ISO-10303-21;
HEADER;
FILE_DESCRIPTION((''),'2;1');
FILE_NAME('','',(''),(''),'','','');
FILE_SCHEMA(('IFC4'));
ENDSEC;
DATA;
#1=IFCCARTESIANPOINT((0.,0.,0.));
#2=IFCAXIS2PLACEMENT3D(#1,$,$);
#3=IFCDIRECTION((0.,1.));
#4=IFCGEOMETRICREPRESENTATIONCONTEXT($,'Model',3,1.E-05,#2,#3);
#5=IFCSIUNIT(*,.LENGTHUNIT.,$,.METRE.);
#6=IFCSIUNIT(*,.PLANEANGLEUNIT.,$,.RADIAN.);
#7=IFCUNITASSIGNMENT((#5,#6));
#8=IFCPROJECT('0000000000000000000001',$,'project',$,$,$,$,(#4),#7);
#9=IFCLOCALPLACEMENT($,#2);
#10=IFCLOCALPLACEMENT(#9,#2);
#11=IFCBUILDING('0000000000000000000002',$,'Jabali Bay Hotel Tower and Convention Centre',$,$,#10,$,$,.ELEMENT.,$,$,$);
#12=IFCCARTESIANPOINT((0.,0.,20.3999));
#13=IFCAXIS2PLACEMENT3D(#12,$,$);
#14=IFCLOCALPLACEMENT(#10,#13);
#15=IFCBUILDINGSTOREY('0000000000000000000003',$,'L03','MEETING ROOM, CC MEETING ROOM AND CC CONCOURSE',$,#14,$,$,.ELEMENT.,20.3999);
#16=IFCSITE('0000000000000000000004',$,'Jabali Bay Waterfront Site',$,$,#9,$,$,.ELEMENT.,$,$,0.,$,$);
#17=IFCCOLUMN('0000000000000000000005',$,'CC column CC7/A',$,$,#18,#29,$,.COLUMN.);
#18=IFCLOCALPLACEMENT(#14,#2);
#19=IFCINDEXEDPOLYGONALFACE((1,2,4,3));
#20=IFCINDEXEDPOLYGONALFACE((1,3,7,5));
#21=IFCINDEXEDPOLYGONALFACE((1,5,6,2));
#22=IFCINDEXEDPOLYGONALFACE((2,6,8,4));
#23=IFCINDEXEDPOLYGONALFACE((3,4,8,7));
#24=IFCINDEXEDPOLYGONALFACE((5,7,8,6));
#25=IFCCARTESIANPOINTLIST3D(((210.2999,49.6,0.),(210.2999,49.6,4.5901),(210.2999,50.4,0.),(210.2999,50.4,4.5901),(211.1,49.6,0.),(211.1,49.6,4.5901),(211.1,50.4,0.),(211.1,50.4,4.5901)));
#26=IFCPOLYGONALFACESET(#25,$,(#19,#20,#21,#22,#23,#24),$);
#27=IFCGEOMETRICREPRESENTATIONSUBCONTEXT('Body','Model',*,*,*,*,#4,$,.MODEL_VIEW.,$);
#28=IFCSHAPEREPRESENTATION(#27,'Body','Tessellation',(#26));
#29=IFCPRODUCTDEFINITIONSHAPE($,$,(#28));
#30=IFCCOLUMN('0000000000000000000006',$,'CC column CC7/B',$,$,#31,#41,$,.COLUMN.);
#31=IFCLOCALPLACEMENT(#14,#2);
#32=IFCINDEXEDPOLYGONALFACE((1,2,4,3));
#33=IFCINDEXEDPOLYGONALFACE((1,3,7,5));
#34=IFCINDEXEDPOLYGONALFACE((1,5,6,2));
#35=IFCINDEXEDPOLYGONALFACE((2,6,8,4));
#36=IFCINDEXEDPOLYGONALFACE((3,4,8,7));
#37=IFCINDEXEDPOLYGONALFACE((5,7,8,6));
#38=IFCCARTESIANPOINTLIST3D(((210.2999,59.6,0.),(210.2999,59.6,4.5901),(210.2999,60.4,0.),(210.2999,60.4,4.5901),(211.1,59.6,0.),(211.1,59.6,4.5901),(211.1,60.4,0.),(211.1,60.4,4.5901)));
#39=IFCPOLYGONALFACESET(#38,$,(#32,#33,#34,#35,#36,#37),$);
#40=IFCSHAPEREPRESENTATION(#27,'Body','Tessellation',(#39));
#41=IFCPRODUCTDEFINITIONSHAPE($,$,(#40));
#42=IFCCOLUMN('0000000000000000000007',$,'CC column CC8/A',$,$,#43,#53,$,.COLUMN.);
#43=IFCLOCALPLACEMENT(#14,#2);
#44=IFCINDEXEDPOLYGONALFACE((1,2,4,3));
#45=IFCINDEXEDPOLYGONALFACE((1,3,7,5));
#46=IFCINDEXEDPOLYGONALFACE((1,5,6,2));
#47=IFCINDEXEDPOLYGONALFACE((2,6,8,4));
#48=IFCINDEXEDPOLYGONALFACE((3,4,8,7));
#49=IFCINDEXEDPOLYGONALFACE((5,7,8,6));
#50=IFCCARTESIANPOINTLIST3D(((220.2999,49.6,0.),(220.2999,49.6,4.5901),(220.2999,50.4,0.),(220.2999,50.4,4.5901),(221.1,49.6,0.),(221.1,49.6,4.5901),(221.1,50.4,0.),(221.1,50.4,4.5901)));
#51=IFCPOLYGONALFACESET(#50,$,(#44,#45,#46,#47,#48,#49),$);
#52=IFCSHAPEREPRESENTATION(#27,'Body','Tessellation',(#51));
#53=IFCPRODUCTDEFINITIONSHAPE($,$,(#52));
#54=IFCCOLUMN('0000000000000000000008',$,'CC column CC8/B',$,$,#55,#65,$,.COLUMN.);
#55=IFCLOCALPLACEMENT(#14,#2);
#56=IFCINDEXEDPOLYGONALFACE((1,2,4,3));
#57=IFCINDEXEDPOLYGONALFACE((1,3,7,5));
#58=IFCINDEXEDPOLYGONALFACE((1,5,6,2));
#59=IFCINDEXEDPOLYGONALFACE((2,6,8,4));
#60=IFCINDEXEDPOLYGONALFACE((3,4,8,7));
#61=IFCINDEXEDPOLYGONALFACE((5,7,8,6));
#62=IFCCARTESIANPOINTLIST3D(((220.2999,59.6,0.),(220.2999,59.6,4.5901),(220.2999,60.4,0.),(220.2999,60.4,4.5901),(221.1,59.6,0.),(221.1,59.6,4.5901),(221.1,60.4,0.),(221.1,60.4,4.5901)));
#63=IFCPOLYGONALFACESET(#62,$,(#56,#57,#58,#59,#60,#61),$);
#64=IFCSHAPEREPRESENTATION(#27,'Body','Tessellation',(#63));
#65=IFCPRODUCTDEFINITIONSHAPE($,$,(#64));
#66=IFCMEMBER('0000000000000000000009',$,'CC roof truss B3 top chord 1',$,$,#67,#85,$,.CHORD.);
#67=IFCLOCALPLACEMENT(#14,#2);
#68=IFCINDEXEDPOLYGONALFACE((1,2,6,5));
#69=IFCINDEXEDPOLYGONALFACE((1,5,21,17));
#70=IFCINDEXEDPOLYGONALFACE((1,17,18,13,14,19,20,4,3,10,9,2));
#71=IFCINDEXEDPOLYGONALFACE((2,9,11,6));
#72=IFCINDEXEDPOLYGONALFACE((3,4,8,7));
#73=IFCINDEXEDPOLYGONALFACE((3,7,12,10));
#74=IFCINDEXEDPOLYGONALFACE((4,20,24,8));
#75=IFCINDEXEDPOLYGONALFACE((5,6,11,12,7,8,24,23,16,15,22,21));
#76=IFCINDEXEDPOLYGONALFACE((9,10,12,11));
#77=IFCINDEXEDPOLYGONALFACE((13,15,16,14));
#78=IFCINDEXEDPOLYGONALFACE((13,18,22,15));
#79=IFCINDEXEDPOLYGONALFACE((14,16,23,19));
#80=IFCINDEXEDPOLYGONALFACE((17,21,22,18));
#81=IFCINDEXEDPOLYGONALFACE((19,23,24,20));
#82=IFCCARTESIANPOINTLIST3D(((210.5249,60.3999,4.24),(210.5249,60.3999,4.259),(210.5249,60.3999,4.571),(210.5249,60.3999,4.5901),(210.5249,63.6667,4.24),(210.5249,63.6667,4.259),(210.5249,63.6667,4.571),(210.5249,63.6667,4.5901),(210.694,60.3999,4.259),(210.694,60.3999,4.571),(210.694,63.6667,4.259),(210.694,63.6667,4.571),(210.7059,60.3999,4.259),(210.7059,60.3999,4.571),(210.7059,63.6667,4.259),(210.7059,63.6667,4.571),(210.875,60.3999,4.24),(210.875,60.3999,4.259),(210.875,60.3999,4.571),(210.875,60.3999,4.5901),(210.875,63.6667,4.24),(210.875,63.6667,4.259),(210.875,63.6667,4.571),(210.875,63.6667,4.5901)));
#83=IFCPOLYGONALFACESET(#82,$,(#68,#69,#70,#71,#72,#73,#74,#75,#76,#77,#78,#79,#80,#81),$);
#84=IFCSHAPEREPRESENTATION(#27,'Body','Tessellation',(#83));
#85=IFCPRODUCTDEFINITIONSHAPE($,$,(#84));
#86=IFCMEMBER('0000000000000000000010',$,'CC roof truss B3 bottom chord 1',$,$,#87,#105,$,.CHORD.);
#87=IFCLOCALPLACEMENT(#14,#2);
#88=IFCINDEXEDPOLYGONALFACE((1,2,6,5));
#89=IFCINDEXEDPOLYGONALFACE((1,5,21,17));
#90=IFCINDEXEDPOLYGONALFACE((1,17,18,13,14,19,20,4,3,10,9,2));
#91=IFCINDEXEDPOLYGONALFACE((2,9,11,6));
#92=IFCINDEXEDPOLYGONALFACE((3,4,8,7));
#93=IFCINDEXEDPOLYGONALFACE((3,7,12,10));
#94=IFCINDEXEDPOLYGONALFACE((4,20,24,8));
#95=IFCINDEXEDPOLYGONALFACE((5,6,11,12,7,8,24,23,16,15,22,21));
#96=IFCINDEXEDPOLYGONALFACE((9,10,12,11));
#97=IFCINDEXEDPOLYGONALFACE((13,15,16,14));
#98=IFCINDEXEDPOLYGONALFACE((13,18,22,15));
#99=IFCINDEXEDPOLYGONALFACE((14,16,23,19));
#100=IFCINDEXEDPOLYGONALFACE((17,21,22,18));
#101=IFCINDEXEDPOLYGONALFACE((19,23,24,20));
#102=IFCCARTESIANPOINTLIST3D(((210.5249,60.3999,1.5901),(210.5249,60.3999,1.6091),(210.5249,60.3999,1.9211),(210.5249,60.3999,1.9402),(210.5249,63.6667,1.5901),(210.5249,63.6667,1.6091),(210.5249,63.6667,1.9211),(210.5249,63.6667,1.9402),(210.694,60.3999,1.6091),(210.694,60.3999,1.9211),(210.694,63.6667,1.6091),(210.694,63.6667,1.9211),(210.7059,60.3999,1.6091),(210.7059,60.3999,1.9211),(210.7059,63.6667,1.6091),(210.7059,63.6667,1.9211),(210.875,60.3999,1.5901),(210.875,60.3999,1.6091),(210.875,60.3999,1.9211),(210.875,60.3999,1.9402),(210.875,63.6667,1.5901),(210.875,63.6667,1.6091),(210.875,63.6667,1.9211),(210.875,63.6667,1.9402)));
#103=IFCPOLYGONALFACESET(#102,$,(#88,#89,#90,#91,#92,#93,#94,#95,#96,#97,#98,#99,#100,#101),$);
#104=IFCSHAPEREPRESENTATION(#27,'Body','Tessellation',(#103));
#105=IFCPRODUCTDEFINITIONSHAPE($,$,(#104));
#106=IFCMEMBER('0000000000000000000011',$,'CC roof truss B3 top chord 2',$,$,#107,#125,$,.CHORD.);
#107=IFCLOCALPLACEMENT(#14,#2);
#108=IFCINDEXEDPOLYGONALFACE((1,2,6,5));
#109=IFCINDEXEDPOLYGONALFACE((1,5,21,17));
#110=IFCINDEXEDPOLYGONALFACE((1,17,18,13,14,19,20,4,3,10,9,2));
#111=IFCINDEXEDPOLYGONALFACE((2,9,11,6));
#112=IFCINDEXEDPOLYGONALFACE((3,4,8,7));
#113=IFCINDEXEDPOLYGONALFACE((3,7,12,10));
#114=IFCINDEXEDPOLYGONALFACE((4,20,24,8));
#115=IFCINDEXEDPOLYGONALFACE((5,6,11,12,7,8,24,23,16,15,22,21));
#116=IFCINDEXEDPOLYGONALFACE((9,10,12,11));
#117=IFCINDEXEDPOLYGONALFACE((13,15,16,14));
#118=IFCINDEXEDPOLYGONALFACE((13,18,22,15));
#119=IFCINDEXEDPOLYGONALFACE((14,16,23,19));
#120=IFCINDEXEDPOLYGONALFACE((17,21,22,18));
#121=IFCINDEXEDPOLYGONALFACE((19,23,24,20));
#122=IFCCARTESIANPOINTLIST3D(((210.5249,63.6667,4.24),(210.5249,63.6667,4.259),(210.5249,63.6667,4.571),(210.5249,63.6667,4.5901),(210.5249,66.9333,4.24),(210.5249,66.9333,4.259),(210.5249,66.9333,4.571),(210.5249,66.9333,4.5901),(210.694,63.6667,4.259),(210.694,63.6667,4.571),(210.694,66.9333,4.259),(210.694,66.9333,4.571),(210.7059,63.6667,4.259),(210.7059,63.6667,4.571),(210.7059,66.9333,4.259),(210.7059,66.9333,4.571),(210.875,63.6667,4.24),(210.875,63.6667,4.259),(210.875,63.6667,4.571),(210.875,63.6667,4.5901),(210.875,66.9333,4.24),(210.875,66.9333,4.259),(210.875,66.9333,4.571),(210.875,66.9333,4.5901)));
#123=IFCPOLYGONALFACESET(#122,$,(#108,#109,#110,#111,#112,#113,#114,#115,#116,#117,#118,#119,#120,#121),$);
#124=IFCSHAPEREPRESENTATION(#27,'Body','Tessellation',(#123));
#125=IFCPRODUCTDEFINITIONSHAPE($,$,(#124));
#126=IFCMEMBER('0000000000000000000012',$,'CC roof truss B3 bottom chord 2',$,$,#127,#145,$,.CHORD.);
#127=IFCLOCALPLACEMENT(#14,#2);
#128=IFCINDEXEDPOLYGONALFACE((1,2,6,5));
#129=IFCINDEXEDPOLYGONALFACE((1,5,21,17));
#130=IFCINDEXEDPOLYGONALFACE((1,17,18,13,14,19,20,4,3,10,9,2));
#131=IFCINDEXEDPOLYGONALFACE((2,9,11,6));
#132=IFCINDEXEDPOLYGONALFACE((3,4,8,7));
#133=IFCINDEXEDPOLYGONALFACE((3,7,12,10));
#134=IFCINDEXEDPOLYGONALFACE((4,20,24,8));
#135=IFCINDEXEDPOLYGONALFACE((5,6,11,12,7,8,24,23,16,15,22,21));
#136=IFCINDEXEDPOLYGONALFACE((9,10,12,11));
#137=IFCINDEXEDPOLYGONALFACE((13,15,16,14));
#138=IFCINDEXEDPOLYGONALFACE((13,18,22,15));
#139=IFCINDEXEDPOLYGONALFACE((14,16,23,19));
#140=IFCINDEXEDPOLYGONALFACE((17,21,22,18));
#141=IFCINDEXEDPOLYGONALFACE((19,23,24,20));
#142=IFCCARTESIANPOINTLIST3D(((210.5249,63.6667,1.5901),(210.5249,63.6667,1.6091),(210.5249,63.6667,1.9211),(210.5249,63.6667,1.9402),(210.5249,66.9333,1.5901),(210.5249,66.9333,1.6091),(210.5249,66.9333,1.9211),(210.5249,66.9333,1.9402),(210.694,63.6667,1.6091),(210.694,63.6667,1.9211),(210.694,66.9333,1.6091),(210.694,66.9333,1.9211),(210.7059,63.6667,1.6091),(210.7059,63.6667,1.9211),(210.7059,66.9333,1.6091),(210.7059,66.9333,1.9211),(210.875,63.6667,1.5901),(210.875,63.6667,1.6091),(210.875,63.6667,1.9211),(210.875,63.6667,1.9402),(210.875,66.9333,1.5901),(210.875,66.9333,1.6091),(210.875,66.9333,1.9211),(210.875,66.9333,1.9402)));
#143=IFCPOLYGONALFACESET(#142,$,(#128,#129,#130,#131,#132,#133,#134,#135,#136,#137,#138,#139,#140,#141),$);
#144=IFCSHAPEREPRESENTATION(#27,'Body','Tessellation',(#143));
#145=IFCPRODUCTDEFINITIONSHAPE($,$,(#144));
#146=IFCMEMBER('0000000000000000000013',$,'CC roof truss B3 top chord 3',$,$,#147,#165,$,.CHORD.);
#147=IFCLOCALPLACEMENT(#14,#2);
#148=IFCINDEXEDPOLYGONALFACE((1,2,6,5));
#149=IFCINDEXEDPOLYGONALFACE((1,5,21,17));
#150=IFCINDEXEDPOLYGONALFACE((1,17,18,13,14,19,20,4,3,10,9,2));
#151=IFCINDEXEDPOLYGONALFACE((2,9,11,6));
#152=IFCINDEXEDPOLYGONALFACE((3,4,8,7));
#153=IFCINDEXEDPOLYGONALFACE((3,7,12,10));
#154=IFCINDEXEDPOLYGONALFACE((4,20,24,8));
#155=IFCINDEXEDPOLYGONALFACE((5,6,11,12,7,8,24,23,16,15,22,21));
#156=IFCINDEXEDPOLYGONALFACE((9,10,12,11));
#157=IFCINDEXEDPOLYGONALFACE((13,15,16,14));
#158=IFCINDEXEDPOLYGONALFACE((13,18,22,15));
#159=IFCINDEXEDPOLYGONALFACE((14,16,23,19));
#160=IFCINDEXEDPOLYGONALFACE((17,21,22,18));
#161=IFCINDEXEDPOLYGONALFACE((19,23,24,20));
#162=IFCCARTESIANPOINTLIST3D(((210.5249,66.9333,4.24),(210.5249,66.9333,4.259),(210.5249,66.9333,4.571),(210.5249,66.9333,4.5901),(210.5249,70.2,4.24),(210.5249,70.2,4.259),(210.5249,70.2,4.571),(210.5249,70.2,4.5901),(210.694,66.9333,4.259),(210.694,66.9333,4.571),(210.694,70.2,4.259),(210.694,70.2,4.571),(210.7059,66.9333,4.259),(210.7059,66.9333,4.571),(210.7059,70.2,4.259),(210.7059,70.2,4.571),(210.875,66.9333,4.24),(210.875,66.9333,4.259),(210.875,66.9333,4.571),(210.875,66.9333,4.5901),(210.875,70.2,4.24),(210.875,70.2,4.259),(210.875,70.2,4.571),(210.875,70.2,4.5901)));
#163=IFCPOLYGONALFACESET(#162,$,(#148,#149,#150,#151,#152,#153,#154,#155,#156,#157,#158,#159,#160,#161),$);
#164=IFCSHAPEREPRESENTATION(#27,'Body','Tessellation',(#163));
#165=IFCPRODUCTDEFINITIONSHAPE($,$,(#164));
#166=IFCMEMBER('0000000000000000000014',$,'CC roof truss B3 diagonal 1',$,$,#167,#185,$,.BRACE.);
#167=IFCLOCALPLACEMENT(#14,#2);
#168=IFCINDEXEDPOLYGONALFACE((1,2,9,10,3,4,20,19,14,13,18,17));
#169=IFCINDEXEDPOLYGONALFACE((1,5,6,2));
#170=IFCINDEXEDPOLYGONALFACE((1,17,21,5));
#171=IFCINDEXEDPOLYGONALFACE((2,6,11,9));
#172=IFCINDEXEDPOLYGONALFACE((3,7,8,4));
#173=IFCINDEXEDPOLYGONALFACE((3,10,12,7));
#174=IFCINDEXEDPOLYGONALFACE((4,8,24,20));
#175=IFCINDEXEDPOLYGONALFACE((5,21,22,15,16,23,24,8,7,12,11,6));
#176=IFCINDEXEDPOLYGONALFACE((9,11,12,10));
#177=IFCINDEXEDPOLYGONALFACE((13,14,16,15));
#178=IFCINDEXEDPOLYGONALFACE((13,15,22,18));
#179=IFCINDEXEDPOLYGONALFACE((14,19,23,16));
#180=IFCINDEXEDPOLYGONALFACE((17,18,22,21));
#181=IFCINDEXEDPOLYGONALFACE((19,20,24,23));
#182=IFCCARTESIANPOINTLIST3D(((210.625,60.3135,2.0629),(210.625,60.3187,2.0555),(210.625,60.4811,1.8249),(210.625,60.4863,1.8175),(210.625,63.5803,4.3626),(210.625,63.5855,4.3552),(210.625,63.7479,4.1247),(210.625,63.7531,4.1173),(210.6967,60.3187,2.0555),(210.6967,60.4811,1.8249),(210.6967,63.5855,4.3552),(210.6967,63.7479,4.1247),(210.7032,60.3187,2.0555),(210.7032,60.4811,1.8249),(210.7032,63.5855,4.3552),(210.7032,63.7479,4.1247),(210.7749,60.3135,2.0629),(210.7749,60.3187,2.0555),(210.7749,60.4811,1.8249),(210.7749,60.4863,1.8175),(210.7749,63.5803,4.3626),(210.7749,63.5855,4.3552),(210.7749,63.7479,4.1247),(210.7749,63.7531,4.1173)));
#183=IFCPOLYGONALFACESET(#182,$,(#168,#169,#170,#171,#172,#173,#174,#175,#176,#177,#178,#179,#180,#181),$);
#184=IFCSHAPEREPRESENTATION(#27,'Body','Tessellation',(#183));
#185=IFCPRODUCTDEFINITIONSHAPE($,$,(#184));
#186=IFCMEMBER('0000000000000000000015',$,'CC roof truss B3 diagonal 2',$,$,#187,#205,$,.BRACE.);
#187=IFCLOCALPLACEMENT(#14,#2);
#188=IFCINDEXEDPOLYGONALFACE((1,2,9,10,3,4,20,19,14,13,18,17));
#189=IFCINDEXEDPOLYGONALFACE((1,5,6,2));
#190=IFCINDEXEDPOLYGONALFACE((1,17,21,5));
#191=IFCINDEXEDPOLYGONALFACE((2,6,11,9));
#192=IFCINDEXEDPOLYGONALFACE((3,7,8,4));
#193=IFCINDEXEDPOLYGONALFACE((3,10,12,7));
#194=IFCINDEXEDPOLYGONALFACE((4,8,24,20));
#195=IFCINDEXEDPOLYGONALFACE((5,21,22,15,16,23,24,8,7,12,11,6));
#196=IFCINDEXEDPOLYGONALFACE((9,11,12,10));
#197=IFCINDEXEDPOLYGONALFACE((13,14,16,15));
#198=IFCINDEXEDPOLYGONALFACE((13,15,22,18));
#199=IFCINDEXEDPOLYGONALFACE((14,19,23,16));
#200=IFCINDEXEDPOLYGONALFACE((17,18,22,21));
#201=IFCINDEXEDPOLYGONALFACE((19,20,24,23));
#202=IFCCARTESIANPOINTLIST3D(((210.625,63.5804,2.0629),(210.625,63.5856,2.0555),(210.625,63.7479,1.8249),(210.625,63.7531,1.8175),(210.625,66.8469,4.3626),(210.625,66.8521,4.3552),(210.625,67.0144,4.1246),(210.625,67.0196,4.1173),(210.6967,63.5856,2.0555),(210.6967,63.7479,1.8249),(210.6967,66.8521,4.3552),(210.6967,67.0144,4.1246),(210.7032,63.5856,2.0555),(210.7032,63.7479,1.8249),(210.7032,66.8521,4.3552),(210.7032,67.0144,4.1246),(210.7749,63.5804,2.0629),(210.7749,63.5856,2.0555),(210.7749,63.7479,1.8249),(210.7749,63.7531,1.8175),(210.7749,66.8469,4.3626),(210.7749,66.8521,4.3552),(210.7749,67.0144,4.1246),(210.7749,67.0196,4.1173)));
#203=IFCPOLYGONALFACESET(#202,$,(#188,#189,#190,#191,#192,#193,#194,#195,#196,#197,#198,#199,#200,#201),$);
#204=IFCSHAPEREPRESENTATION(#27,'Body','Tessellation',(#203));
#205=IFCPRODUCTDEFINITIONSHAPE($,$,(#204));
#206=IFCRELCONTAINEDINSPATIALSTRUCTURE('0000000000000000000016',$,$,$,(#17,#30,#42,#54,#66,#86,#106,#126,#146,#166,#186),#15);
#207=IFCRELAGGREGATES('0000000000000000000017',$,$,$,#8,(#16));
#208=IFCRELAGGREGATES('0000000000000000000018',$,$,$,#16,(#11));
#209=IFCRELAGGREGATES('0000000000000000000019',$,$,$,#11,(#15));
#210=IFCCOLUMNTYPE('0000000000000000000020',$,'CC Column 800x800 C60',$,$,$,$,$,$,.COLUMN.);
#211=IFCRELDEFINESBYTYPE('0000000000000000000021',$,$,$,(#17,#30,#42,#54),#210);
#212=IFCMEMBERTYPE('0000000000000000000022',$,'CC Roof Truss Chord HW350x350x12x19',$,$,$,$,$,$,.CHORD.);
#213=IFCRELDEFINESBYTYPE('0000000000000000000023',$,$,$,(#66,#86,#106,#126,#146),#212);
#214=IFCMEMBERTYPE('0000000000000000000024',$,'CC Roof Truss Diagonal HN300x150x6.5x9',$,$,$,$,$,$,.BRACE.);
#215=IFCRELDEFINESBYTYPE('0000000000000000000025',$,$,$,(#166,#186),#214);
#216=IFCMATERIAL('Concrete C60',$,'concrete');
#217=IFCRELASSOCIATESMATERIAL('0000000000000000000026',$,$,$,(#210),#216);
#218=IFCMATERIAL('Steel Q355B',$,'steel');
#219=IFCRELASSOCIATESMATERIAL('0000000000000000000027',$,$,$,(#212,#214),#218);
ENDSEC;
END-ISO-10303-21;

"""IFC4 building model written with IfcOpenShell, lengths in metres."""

from ifc_helpers import new_model, si_unit, direction, frame, origin, origin_2d, place, context, subcontext, project, spatial, rectangle, i_section, extrude, material, material_profile, profile_set, type_object, element, save


model = new_model("IFC4")

# Units and contexts
model_context = context("Model", 3, precision=1e-05, world=origin(), true_north=direction((0.0, 1.0)))
body_context = subcontext(model_context, "Body", "Model", "MODEL_VIEW")
ifc_project = project(units=[si_unit("LENGTHUNIT", "METRE"), si_unit("PLANEANGLEUNIT", "RADIAN")], contexts=[model_context])

# Site, building, storey
site_placement = place(None, origin())
site = spatial("IfcSite", under=ifc_project, at=site_placement, Name="Jabali Bay Waterfront Site", CompositionType="ELEMENT", RefElevation=0.0)
building_placement = place(site_placement, origin())
building = spatial("IfcBuilding", under=site, at=building_placement, Name="Jabali Bay Hotel Tower and Convention Centre", CompositionType="ELEMENT")
storey_placement = place(building_placement, frame((0.0, 0.0, 20.3999)))
storey = spatial("IfcBuildingStorey", under=building, at=storey_placement, Name="L03", Description="MEETING ROOM, CC MEETING ROOM AND CC CONCOURSE", CompositionType="ELEMENT", Elevation=20.3999)

# Columns
ifc_material_1 = material(Name="Concrete C60", Category="concrete")
ifc_material_profile_1 = material_profile(ifc_material_1, rectangle(XDim=0.8, YDim=0.8, at=origin_2d()), Name="RC 800x800")
ifc_profile_set_1 = profile_set([ifc_material_profile_1], Name="Concrete C60")
column_type = type_object("IfcColumnType", Name="CC Column 800x800 C60", PredefinedType="COLUMN", material=ifc_profile_set_1)
for number, where, z_axis, x_axis, name in (
    (1, (210.7, 50.0, 0.0), (0.0, 0.0, 1.0), (1.0, 0.0, 0.0), "CC column CC7/A"),
    (2, (210.7, 60.0, 0.0), (0.0, 0.0, 1.0), (1.0, 0.0, 0.0), "CC column CC7/B"),
    (3, (220.7, 50.0, 0.0), (0.0, 0.0, 1.0), (1.0, 0.0, 0.0), "CC column CC8/A"),
    (4, (220.7, 60.0, 0.0), (0.0, 0.0, 1.0), (1.0, 0.0, 0.0), "CC column CC8/B"),
):
    element("IfcColumn", number, at=place(storey_placement, frame(where, z_axis=z_axis, x_axis=x_axis)), inside=storey, type_object=column_type, Name=name, PredefinedType="COLUMN", context=body_context, shape_type="SweptSolid", body=[
        extrude(rectangle(XDim=0.8, YDim=0.8, at=origin_2d()), origin(), (0.0, 0.0, 1.0), 4.5901),
    ])

# Members
ifc_material_2 = material(Name="Steel Q355B", Category="steel")
ifc_material_profile_2 = material_profile(ifc_material_2, i_section(OverallWidth=0.3501, OverallDepth=0.3501, WebThickness=0.012, FlangeThickness=0.019, at=origin_2d()), Name="HW350x350x12x19")
ifc_profile_set_2 = profile_set([ifc_material_profile_2], Name="Steel Q355B")
member_type_1 = type_object("IfcMemberType", Name="CC Roof Truss Chord HW350x350x12x19", PredefinedType="CHORD", material=ifc_profile_set_2)
for number, where, z_axis, x_axis, name in (
    (5, (210.7, 60.3999, 4.415), (0.0, 1.0, 0.0), (-1.0, 0.0, 0.0), "CC roof truss B3 top chord 1"),
    (6, (210.7, 60.3999, 1.7651), (0.0, 1.0, 0.0), (-1.0, 0.0, 0.0), "CC roof truss B3 bottom chord 1"),
):
    element("IfcMember", number, at=place(storey_placement, frame(where, z_axis=z_axis, x_axis=x_axis)), inside=storey, type_object=member_type_1, Name=name, PredefinedType="CHORD", context=body_context, shape_type="SweptSolid", body=[
        extrude(i_section(OverallWidth=0.3501, OverallDepth=0.3501, WebThickness=0.012, FlangeThickness=0.019, at=origin_2d()), origin(), (0.0, 0.0, 1.0), 3.2668),
    ])
for number, where, z_axis, x_axis, name in (
    (7, (210.7, 63.6667, 4.415), (0.0, 1.0, 0.0), (-1.0, 0.0, 0.0), "CC roof truss B3 top chord 2"),
    (8, (210.7, 63.6667, 1.7651), (0.0, 1.0, 0.0), (-1.0, 0.0, 0.0), "CC roof truss B3 bottom chord 2"),
    (9, (210.7, 66.9333, 4.415), (0.0, 1.0, 0.0), (-1.0, 0.0, 0.0), "CC roof truss B3 top chord 3"),
):
    element("IfcMember", number, at=place(storey_placement, frame(where, z_axis=z_axis, x_axis=x_axis)), inside=storey, type_object=member_type_1, Name=name, PredefinedType="CHORD", context=body_context, shape_type="SweptSolid", body=[
        extrude(i_section(OverallWidth=0.3501, OverallDepth=0.3501, WebThickness=0.012, FlangeThickness=0.019, at=origin_2d()), origin(), (0.0, 0.0, 1.0), 3.2666),
    ])
ifc_material_profile_3 = material_profile(ifc_material_2, i_section(OverallWidth=0.1499, OverallDepth=0.3, WebThickness=0.0066, FlangeThickness=0.009, at=origin_2d()), Name="HN300x150x6.5x9")
ifc_profile_set_3 = profile_set([ifc_material_profile_3], Name="Steel Q355B")
member_type_2 = type_object("IfcMemberType", Name="CC Roof Truss Diagonal HN300x150x6.5x9", PredefinedType="BRACE", material=ifc_profile_set_3)
member_1_placement = place(storey_placement, frame((210.7, 60.3999, 1.9402), z_axis=(0.0, 0.817699, 0.575646), x_axis=(-1.0, 0.0, 0.0)))
element("IfcMember", 10, at=member_1_placement, inside=storey, type_object=member_type_2, Name="CC roof truss B3 diagonal 1", PredefinedType="BRACE", context=body_context, shape_type="SweptSolid", body=[
    extrude(i_section(OverallWidth=0.1499, OverallDepth=0.3, WebThickness=0.0066, FlangeThickness=0.009, at=origin_2d()), origin(), (0.0, 0.0, 1.0), 3.9951),
])
member_2_placement = place(storey_placement, frame((210.7, 63.6667, 1.9402), z_axis=(0.0, 0.817679, 0.575675), x_axis=(-1.0, 0.0, 0.0)))
element("IfcMember", 11, at=member_2_placement, inside=storey, type_object=member_type_2, Name="CC roof truss B3 diagonal 2", PredefinedType="BRACE", context=body_context, shape_type="SweptSolid", body=[
    extrude(i_section(OverallWidth=0.1499, OverallDepth=0.3, WebThickness=0.0066, FlangeThickness=0.009, at=origin_2d()), origin(), (0.0, 0.0, 1.0), 3.9949),
])

save(model, "model.ifc")
